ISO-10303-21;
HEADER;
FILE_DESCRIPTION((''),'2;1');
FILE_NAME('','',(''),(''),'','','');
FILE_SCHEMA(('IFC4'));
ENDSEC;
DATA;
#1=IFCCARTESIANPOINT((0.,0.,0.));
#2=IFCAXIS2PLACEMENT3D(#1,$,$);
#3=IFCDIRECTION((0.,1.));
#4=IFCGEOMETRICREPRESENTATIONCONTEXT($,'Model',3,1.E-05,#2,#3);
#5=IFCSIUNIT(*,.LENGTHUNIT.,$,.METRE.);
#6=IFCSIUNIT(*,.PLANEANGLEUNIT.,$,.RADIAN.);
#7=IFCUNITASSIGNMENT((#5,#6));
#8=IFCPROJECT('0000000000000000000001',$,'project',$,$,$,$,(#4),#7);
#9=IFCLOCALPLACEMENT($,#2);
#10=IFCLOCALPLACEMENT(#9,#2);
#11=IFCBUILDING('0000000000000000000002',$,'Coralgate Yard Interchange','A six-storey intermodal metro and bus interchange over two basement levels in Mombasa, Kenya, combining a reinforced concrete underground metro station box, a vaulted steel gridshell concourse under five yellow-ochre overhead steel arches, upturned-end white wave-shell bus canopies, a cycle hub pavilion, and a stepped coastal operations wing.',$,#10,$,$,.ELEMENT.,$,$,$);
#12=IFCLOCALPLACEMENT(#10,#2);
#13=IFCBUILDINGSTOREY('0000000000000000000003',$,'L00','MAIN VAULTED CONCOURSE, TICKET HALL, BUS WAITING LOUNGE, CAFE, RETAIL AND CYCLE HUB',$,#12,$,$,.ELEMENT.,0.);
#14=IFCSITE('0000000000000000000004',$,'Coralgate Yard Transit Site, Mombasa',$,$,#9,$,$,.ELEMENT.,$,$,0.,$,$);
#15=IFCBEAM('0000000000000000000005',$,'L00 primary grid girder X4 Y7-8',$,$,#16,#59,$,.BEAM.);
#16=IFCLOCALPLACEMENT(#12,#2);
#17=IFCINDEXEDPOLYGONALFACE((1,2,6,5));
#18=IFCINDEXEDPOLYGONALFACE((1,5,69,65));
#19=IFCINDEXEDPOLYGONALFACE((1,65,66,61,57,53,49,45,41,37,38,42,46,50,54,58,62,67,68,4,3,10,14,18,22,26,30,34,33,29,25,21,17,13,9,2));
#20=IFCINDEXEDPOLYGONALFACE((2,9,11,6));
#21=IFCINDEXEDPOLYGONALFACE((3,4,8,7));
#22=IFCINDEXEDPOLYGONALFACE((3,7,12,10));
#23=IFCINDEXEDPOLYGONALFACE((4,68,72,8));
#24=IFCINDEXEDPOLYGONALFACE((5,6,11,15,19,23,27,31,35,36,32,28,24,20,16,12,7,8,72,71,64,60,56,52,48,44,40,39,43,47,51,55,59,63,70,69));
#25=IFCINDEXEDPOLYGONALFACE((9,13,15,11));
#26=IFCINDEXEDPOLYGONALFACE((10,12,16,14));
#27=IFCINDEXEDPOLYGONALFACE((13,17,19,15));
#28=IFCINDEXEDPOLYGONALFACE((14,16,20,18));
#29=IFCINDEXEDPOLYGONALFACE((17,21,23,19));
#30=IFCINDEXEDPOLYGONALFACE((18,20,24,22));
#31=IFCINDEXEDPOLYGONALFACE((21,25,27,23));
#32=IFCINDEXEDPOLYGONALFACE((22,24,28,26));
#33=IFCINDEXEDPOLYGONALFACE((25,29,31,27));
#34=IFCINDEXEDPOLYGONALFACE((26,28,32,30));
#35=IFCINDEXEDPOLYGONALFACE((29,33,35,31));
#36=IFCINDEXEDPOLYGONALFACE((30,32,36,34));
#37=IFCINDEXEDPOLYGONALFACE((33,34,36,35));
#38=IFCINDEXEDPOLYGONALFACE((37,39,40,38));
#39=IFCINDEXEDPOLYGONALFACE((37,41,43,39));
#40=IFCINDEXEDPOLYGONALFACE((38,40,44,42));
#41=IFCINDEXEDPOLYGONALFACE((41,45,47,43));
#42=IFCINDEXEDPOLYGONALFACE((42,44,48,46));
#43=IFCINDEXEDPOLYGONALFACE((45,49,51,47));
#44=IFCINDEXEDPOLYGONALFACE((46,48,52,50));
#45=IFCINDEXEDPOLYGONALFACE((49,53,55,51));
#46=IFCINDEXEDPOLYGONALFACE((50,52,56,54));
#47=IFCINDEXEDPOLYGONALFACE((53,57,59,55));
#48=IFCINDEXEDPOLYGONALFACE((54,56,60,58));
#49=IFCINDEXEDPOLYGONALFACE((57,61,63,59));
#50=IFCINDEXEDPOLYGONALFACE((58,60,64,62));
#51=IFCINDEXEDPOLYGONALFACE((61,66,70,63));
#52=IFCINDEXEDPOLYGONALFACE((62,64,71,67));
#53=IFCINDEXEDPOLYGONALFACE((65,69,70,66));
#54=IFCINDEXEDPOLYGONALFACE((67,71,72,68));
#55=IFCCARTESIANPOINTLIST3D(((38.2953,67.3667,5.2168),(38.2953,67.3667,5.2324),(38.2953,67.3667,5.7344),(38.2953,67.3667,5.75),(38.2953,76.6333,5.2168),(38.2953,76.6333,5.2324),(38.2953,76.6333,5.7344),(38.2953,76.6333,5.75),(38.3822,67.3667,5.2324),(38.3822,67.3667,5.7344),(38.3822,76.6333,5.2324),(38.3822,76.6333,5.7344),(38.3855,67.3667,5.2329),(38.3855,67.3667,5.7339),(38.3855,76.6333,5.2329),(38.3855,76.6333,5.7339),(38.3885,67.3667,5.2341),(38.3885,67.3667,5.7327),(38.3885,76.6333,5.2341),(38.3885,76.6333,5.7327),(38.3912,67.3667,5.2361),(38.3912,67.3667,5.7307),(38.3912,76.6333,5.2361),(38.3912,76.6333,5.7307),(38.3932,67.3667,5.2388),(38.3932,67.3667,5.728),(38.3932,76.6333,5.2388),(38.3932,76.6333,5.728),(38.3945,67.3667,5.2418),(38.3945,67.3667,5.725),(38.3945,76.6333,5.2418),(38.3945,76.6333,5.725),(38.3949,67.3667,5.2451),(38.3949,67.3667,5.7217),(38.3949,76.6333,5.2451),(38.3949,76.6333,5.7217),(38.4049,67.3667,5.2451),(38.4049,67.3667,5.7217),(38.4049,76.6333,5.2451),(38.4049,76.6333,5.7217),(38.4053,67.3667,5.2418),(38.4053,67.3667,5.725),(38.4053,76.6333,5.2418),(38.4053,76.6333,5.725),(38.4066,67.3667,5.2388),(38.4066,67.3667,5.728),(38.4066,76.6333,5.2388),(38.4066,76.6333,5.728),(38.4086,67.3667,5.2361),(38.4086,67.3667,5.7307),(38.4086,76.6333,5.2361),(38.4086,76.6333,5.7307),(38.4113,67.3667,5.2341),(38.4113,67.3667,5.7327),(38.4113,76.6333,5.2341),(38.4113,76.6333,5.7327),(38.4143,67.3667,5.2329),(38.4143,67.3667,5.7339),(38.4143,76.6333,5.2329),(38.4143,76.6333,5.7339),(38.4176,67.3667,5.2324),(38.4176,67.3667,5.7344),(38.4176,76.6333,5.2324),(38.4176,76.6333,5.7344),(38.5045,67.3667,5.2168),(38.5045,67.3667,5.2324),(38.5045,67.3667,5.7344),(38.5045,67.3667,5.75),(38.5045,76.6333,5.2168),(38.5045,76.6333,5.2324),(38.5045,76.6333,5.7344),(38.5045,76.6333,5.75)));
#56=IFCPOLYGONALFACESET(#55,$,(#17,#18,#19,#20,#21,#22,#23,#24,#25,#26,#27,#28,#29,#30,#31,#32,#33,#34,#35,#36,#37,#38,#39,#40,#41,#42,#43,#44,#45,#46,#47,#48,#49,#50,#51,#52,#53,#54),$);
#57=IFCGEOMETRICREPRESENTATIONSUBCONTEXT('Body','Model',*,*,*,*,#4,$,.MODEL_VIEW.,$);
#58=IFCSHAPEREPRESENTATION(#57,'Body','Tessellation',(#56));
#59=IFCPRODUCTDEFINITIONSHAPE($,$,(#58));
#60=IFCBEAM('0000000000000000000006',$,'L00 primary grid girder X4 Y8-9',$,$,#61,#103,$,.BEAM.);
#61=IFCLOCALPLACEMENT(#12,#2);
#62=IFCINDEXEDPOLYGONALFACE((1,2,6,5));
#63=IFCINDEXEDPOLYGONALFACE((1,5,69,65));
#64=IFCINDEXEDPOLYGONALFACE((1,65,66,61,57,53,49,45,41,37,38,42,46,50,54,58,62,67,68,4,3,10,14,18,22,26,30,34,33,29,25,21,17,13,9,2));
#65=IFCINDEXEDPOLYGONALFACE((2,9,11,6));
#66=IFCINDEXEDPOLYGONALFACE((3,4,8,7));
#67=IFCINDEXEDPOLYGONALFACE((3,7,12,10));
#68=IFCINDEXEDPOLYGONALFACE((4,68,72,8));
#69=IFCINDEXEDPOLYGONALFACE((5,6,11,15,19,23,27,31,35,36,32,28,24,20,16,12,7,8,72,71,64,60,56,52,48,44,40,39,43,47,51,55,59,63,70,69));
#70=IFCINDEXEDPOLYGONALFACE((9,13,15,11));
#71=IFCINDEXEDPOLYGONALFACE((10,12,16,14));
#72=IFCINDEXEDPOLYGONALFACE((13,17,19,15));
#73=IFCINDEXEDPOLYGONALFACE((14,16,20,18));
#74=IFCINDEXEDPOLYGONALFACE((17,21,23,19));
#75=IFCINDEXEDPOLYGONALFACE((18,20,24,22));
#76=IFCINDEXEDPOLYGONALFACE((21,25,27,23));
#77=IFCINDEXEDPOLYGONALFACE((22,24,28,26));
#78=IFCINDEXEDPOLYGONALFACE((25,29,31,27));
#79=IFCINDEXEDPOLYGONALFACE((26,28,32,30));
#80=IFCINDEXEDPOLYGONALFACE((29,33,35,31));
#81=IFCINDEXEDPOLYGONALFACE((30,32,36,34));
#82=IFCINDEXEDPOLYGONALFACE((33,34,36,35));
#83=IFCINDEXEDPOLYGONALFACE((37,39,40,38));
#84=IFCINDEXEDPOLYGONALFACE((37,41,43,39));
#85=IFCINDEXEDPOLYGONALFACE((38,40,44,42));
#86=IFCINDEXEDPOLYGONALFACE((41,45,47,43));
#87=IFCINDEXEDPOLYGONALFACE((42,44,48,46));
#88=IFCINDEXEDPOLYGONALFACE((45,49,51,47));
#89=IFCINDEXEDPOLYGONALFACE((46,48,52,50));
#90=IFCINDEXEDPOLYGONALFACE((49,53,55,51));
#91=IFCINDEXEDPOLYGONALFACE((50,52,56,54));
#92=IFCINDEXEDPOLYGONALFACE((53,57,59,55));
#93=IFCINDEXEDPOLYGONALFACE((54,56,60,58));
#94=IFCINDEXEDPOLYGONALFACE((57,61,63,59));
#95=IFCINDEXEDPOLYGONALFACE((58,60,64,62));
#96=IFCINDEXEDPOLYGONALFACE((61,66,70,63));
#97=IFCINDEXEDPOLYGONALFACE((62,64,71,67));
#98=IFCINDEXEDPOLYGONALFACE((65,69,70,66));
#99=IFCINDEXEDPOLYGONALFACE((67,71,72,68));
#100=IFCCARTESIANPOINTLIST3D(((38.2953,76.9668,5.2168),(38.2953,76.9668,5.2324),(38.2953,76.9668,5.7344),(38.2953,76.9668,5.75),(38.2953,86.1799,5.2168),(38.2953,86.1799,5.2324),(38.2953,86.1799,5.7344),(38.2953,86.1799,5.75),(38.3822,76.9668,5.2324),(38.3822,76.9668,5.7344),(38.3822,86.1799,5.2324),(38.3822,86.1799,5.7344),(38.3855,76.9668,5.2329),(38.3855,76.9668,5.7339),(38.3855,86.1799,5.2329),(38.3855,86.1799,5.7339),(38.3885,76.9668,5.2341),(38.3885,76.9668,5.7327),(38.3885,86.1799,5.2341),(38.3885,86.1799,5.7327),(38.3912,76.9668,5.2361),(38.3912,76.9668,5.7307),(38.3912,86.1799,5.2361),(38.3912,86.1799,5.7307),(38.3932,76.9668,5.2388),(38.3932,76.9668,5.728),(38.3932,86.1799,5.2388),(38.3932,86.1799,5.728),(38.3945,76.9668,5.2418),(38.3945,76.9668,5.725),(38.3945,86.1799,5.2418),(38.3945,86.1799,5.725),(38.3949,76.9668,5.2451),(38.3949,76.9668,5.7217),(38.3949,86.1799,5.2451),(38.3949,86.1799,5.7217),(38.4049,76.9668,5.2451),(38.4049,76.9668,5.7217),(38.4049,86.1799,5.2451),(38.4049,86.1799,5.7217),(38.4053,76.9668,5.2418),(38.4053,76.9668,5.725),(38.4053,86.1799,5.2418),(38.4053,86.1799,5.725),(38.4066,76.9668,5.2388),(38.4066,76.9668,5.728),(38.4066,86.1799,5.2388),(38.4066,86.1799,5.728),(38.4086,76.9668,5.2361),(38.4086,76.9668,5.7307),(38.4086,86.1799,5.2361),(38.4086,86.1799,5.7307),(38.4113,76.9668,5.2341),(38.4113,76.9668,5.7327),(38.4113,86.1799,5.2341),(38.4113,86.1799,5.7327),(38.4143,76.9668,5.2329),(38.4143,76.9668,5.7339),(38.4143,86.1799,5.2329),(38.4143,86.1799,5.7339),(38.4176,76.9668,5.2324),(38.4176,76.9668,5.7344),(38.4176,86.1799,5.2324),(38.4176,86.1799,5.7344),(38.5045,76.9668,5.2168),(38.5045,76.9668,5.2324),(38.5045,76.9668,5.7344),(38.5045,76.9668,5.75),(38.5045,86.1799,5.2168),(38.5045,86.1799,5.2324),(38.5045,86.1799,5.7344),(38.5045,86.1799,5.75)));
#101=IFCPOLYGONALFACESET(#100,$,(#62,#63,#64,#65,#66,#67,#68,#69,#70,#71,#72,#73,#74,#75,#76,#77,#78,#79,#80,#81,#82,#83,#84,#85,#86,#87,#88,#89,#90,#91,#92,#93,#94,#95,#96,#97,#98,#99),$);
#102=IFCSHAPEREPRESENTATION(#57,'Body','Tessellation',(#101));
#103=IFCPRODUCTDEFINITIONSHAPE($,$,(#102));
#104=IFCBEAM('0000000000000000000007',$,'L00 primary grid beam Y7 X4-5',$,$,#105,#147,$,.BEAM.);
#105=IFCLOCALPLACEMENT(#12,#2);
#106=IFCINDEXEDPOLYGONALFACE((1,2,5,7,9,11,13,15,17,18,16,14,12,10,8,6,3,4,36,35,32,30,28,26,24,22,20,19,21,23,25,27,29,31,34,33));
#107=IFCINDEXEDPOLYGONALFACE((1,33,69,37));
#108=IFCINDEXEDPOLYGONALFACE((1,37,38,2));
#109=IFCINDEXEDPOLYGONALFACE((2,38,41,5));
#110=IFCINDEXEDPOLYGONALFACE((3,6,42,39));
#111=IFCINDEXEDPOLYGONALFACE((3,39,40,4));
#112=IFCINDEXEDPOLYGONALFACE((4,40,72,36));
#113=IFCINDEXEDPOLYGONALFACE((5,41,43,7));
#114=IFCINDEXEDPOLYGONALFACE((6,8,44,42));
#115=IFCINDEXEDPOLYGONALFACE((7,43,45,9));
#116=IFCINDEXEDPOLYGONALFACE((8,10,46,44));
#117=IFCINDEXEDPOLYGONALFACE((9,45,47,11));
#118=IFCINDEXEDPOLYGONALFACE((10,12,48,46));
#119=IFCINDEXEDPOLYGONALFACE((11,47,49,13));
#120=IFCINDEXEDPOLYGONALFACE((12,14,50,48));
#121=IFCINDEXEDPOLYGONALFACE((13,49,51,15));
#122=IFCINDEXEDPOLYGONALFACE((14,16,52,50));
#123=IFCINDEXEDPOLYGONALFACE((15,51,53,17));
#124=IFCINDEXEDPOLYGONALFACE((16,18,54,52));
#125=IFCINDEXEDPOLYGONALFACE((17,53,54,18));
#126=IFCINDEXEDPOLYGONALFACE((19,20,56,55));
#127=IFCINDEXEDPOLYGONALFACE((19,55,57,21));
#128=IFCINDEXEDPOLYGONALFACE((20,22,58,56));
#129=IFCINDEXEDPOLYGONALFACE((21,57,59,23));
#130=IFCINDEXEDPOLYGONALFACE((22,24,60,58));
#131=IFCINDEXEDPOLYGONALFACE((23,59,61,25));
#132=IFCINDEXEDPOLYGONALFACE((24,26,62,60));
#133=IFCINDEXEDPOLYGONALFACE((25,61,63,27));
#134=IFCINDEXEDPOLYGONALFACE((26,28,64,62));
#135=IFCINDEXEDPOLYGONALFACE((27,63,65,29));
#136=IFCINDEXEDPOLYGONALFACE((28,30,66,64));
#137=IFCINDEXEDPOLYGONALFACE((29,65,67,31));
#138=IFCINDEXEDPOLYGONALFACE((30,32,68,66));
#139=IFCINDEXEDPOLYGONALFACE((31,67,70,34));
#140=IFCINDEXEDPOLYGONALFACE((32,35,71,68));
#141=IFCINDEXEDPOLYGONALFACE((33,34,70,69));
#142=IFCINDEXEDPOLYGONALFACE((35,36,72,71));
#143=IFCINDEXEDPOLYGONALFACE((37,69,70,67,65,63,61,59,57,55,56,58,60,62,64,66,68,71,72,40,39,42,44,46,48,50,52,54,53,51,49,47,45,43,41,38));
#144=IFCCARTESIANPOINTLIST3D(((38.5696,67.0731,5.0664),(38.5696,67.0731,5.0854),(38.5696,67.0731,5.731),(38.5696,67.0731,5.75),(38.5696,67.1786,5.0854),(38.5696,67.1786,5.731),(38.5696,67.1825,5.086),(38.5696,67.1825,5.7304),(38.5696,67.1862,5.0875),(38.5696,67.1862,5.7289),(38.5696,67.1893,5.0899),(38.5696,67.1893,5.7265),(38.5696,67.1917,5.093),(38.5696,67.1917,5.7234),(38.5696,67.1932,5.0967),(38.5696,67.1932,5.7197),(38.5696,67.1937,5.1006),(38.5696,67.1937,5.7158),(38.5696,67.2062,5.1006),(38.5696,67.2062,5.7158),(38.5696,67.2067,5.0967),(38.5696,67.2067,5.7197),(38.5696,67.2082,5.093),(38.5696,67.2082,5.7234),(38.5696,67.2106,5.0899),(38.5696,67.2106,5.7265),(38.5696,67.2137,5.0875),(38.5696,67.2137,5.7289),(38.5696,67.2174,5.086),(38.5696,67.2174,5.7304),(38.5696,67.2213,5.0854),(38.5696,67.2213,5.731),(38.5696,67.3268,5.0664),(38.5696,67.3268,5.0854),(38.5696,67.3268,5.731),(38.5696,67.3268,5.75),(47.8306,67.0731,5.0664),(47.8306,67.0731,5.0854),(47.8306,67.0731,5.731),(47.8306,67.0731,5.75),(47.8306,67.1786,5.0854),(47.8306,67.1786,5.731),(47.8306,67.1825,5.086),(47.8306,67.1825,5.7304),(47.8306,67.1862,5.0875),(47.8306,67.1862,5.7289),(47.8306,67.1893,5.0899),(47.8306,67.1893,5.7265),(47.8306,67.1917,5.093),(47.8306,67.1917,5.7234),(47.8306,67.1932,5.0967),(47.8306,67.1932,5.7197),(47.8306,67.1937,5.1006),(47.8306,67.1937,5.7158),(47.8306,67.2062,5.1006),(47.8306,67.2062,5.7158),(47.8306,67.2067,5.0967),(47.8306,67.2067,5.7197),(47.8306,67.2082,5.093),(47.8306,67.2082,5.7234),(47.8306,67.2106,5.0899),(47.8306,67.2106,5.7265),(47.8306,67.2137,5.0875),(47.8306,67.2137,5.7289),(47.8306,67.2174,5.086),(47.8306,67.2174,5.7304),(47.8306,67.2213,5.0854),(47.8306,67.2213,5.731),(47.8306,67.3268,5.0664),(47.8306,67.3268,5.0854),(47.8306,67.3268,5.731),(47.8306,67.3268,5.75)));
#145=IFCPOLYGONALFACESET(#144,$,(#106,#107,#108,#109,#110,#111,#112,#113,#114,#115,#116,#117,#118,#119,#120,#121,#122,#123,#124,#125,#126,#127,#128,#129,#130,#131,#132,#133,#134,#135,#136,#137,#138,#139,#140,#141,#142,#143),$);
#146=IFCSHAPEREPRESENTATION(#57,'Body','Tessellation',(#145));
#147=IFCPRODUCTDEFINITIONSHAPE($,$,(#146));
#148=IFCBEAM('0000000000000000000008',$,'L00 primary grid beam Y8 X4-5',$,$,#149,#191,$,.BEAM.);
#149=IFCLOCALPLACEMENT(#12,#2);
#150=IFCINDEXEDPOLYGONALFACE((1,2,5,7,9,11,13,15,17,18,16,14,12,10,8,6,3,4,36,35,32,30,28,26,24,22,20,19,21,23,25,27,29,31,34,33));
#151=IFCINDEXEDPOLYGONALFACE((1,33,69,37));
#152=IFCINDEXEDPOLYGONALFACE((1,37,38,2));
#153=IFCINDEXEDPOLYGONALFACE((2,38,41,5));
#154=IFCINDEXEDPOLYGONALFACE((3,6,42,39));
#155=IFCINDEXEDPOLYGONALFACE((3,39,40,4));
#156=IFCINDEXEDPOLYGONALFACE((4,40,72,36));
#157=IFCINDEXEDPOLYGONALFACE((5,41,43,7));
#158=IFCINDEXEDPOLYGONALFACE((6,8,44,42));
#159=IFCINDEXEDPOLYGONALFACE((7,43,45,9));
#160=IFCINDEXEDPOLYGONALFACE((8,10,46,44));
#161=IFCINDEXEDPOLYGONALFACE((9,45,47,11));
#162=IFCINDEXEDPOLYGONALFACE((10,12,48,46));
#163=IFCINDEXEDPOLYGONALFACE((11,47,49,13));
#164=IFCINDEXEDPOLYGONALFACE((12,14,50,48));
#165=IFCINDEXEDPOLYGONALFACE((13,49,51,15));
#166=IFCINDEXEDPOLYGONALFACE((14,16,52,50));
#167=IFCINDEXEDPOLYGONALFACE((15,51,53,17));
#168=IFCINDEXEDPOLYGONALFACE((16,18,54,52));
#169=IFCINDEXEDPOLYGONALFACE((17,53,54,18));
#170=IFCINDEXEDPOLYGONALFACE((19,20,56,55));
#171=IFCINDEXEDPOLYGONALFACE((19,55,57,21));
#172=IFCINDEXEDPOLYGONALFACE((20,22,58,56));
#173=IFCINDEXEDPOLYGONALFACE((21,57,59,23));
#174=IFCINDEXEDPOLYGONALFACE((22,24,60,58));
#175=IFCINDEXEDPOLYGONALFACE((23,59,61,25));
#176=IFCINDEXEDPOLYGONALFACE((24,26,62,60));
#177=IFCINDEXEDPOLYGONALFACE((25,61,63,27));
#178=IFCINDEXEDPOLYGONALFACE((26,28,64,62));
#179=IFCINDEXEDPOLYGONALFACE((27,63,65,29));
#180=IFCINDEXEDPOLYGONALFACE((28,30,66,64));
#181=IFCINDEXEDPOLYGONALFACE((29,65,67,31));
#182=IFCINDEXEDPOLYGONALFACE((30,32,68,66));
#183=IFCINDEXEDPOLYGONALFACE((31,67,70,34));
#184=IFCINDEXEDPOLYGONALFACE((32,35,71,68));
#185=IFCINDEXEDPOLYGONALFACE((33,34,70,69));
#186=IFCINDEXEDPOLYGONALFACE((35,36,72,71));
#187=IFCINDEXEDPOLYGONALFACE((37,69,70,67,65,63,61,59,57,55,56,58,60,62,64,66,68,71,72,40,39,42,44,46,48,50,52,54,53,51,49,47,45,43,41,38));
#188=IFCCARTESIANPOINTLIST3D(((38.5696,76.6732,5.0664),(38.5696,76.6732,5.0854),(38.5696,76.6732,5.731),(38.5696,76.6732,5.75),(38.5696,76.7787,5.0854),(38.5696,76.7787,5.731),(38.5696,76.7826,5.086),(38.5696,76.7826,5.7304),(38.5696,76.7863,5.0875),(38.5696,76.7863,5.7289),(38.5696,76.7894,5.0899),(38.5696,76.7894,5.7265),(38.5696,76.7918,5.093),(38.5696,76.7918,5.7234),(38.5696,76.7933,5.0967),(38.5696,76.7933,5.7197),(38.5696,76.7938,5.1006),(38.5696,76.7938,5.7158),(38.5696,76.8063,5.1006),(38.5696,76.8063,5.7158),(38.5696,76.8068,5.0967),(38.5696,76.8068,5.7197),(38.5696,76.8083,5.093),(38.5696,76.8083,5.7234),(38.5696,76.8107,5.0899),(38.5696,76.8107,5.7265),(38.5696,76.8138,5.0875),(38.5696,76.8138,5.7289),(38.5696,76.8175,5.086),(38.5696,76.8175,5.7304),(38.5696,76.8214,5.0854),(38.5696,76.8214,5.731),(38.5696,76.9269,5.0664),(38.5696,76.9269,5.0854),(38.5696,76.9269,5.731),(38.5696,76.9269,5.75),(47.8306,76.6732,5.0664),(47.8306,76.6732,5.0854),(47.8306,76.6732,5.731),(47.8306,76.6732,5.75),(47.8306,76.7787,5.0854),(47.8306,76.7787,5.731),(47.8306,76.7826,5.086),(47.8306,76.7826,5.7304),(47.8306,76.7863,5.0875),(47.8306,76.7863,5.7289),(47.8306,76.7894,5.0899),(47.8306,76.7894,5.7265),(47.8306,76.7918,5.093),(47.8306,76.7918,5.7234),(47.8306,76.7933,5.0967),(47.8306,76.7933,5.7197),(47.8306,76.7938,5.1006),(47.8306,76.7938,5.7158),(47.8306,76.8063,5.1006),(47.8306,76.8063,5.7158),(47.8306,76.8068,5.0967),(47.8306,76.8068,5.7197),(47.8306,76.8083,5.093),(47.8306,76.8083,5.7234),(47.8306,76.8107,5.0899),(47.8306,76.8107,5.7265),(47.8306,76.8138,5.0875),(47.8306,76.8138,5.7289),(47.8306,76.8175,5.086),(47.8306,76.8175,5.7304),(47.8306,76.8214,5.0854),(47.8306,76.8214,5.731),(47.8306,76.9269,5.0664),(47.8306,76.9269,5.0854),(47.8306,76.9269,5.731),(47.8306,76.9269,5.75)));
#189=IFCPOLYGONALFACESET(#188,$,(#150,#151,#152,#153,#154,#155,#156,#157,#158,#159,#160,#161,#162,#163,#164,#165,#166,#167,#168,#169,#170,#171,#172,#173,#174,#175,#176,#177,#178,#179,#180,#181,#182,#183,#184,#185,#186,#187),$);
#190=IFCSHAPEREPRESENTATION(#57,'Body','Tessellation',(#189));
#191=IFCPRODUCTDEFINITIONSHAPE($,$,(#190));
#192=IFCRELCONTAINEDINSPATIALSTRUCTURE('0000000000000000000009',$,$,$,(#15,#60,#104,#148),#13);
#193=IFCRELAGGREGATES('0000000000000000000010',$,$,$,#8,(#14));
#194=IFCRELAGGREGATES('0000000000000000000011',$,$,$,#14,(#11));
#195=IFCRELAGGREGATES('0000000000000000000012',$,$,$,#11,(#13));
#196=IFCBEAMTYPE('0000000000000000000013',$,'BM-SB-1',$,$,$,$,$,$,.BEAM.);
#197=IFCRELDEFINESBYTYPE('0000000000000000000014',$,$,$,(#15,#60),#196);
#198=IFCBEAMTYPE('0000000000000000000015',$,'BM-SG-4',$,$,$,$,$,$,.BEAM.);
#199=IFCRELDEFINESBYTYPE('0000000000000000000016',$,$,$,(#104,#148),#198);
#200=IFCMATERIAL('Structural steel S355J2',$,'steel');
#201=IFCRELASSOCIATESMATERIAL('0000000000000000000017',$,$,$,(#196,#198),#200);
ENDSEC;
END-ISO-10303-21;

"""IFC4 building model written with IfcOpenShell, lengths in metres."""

from ifc_helpers import new_model, si_unit, direction, frame, origin, origin_2d, place, context, subcontext, project, spatial, i_section, extrude, material, material_profile, profile_set, type_object, element, save


model = new_model("IFC4")

# Units and contexts
model_context = context("Model", 3, precision=1e-05, world=origin(), true_north=direction((0.0, 1.0)))
body_context = subcontext(model_context, "Body", "Model", "MODEL_VIEW")
ifc_project = project(units=[si_unit("LENGTHUNIT", "METRE"), si_unit("PLANEANGLEUNIT", "RADIAN")], contexts=[model_context])

# Site, building, storey
site_placement = place(None, origin())
site = spatial("IfcSite", under=ifc_project, at=site_placement, Name="Coralgate Yard Transit Site, Mombasa", CompositionType="ELEMENT", RefElevation=0.0)
building_placement = place(site_placement, origin())
building = spatial("IfcBuilding", under=site, at=building_placement, Name="Coralgate Yard Interchange", Description="A six-storey intermodal metro and bus interchange over two basement levels in Mombasa, Kenya, combining a reinforced concrete underground metro station box, a vaulted steel gridshell concourse under five yellow-ochre overhead steel arches, upturned-end white wave-shell bus canopies, a cycle hub pavilion, and a stepped coastal operations wing.", CompositionType="ELEMENT")
storey_placement = place(building_placement, origin())
storey = spatial("IfcBuildingStorey", under=building, at=storey_placement, Name="L00", Description="MAIN VAULTED CONCOURSE, TICKET HALL, BUS WAITING LOUNGE, CAFE, RETAIL AND CYCLE HUB", CompositionType="ELEMENT", Elevation=0.0)

# Shared definitions
ifc_material_1 = material(Name="Structural steel S355J2", Category="steel")

# Beams
ifc_material_profile_1 = material_profile(ifc_material_1, i_section(OverallWidth=0.2092, OverallDepth=0.5332, WebThickness=0.01, FlangeThickness=0.0156, FilletRadius=0.0127, at=origin_2d()), Name="UB 533x210x92")
ifc_profile_set_1 = profile_set([ifc_material_profile_1], Name="Structural steel S355J2")
beam_type_1 = type_object("IfcBeamType", Name="BM-SB-1", PredefinedType="BEAM", material=ifc_profile_set_1)
beam_1_placement = place(storey_placement, frame((38.3999, 67.3667, 5.4834), z_axis=(0.0, 1.0, 0.0), x_axis=(-1.0, 0.0, 0.0)))
element("IfcBeam", 1, at=beam_1_placement, inside=storey, type_object=beam_type_1, Name="L00 primary grid girder X4 Y7-8", PredefinedType="BEAM", context=body_context, shape_type="SweptSolid", body=[
    extrude(i_section(OverallWidth=0.2092, OverallDepth=0.5332, WebThickness=0.01, FlangeThickness=0.0156, FilletRadius=0.0127, at=origin_2d()), origin(), (0.0, 0.0, 1.0), 9.2666),
])
beam_2_placement = place(storey_placement, frame((38.3999, 76.9668, 5.4834), z_axis=(0.0, 1.0, 0.0), x_axis=(-1.0, 0.0, 0.0)))
element("IfcBeam", 2, at=beam_2_placement, inside=storey, type_object=beam_type_1, Name="L00 primary grid girder X4 Y8-9", PredefinedType="BEAM", context=body_context, shape_type="SweptSolid", body=[
    extrude(i_section(OverallWidth=0.2092, OverallDepth=0.5332, WebThickness=0.01, FlangeThickness=0.0156, FilletRadius=0.0127, at=origin_2d()), origin(), (0.0, 0.0, 1.0), 9.2131),
])
ifc_material_profile_2 = material_profile(ifc_material_1, i_section(OverallWidth=0.2537, OverallDepth=0.6836, WebThickness=0.0125, FlangeThickness=0.019, FilletRadius=0.0151, at=origin_2d()), Name="UB 686x254x140")
ifc_profile_set_2 = profile_set([ifc_material_profile_2], Name="Structural steel S355J2")
beam_type_2 = type_object("IfcBeamType", Name="BM-SG-4", PredefinedType="BEAM", material=ifc_profile_set_2)
for number, where, z_axis, x_axis, name in (
    (3, (38.5696, 67.2, 5.4082), (1.0, 0.0, 0.0), (0.0, 1.0, 0.0), "L00 primary grid beam Y7 X4-5"),
    (4, (38.5696, 76.8, 5.4082), (1.0, 0.0, 0.0), (0.0, 1.0, 0.0), "L00 primary grid beam Y8 X4-5"),
):
    element("IfcBeam", number, at=place(storey_placement, frame(where, z_axis=z_axis, x_axis=x_axis)), inside=storey, type_object=beam_type_2, Name=name, PredefinedType="BEAM", context=body_context, shape_type="SweptSolid", body=[
        extrude(i_section(OverallWidth=0.2537, OverallDepth=0.6836, WebThickness=0.0125, FlangeThickness=0.019, FilletRadius=0.0151, at=origin_2d()), origin(), (0.0, 0.0, 1.0), 9.261),
    ])

save(model, "model.ifc")
